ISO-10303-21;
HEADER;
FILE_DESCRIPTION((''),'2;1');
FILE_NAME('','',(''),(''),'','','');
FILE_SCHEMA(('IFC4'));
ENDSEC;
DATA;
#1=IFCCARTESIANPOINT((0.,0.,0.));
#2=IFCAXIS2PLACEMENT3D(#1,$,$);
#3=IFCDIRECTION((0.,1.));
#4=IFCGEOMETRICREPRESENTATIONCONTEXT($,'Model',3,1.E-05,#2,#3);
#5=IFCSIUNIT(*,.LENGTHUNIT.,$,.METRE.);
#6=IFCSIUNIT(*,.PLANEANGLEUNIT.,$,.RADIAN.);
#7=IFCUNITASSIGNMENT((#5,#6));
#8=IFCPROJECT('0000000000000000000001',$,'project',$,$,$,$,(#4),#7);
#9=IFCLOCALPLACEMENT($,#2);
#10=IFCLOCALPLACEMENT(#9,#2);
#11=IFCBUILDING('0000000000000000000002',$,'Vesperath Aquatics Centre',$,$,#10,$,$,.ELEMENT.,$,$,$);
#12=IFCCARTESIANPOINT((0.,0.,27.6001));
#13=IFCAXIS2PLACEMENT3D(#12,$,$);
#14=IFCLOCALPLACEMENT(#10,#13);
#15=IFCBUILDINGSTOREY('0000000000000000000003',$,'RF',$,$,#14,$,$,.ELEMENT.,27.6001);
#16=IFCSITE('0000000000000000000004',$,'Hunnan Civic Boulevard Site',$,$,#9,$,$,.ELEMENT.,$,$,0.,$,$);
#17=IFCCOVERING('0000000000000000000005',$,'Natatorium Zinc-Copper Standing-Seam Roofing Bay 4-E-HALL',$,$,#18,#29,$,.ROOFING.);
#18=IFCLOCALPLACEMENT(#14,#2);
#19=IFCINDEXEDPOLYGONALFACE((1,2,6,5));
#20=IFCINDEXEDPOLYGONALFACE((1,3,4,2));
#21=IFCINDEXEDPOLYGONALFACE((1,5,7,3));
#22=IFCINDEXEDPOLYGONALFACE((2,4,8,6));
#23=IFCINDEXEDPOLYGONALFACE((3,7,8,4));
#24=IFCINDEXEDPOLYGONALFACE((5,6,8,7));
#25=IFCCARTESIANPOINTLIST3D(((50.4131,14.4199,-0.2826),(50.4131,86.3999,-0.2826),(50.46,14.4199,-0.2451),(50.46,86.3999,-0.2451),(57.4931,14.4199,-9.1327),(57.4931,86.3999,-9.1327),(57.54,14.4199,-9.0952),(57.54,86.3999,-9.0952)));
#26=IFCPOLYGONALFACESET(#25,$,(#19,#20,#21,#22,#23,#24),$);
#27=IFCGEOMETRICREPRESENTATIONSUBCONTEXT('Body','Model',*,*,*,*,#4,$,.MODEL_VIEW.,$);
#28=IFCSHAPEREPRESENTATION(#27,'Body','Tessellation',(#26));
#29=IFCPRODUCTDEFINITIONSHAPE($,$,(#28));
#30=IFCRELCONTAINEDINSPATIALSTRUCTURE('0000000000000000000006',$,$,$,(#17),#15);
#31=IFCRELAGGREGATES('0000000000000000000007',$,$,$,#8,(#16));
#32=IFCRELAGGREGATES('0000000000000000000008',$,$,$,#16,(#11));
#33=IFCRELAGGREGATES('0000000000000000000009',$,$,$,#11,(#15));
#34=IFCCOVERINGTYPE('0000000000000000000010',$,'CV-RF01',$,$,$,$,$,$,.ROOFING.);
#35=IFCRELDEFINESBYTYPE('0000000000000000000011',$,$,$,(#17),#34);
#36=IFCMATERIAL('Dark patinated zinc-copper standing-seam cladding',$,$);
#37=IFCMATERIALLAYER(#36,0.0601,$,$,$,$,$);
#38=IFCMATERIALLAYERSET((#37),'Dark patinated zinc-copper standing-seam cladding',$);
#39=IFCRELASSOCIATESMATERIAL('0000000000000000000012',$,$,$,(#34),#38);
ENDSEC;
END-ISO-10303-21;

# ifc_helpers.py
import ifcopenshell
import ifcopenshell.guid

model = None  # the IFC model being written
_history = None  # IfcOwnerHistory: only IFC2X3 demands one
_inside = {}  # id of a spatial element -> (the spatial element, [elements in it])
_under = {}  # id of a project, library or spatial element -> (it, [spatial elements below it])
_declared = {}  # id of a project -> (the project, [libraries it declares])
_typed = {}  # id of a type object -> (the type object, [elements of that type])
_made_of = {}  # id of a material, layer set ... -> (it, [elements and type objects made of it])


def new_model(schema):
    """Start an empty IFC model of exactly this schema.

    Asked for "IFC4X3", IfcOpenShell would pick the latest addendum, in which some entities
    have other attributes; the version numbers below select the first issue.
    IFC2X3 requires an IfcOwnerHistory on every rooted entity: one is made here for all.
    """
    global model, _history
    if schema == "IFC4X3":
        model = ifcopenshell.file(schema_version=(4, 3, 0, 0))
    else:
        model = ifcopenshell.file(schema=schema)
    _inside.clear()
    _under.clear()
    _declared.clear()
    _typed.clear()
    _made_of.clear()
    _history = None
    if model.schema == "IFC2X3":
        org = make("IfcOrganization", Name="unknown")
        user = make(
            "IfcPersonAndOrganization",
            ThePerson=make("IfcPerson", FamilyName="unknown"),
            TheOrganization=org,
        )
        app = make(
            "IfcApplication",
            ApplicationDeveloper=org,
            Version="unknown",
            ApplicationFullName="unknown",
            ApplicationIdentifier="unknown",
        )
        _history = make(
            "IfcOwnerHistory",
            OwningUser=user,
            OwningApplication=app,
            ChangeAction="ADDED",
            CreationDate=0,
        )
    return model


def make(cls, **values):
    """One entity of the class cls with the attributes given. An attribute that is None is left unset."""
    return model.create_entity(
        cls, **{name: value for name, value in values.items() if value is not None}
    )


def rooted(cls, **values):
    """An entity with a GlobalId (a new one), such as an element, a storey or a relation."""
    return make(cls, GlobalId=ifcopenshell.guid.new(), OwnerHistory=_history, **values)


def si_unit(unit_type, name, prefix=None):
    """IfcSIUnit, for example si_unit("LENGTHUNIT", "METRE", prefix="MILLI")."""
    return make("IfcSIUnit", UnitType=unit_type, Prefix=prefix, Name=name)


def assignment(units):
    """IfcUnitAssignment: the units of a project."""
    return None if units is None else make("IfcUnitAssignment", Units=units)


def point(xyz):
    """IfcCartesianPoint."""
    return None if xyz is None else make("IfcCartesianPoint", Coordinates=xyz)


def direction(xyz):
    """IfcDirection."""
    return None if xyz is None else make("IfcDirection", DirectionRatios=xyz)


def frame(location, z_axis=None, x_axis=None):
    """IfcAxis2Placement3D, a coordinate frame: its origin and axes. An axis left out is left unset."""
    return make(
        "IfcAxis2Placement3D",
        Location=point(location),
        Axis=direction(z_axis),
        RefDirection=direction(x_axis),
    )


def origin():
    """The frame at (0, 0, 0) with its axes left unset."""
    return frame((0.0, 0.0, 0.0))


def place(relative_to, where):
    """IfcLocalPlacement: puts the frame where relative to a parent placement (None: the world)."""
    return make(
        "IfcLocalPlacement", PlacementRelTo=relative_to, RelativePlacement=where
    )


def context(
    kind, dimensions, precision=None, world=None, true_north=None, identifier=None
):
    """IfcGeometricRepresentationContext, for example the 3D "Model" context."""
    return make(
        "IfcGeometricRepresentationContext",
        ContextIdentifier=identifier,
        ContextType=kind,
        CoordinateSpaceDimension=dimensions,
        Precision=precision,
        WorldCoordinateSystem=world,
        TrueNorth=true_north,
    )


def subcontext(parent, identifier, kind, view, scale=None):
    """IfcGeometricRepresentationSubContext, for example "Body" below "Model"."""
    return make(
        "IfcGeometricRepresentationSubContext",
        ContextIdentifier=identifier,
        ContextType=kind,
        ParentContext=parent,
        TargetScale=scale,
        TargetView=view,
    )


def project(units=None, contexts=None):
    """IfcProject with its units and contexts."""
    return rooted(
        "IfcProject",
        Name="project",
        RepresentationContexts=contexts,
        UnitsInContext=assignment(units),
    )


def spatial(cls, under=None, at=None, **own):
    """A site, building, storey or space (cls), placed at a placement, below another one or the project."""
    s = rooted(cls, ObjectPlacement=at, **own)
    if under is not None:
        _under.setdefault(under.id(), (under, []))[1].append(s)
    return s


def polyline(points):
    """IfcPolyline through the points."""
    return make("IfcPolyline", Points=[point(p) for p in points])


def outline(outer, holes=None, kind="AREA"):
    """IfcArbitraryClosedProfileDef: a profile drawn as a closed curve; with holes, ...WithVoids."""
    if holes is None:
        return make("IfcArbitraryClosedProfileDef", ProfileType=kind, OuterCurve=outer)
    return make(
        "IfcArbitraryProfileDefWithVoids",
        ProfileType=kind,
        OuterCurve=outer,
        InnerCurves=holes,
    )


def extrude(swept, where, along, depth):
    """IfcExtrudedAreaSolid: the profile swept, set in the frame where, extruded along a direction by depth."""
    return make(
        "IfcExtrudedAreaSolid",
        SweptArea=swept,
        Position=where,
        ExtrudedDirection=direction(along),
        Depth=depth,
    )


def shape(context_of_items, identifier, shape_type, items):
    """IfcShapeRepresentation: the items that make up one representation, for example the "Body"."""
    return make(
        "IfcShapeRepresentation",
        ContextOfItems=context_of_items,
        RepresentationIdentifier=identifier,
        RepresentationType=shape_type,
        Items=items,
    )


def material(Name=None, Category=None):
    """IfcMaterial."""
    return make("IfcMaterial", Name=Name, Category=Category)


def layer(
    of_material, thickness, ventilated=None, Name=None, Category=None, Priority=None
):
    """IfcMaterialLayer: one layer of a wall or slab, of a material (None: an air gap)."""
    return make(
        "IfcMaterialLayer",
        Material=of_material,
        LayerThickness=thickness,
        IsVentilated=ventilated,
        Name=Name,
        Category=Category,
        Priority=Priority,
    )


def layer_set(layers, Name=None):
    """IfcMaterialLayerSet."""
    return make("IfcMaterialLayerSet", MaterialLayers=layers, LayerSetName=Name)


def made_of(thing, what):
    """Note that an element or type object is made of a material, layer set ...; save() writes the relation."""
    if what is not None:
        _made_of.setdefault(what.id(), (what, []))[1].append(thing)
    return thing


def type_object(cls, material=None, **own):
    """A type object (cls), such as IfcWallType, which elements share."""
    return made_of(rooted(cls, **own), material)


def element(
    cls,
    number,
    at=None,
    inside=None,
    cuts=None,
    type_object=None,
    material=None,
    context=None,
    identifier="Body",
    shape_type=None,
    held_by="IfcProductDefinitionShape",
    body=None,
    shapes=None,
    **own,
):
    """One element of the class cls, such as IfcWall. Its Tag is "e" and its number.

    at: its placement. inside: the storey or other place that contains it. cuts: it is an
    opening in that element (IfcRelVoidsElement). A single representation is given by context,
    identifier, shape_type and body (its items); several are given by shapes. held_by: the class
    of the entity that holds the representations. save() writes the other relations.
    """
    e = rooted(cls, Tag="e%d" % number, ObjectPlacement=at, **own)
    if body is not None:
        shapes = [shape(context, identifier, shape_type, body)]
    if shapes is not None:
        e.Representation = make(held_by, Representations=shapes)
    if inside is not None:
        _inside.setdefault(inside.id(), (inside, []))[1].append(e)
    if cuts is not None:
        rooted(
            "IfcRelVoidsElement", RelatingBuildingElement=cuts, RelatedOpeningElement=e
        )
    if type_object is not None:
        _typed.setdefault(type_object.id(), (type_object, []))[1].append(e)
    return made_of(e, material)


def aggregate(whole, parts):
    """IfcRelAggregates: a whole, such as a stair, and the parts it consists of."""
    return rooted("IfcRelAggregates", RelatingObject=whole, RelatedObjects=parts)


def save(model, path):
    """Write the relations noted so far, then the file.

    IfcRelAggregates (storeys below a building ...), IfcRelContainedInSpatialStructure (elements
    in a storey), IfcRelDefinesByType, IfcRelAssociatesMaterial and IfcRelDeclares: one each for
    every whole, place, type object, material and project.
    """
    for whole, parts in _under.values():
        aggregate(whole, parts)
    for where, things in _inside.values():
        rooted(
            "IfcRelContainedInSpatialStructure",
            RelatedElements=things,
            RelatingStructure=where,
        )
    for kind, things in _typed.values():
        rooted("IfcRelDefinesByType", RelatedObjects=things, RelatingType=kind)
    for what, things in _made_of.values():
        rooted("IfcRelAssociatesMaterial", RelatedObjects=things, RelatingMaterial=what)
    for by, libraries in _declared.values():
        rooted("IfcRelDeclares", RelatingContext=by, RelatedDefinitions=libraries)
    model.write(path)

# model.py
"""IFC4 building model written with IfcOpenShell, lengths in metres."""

from ifc_helpers import new_model, si_unit, direction, frame, origin, place, context, subcontext, project, spatial, polyline, outline, extrude, material, layer, layer_set, type_object, element, save


model = new_model("IFC4")

# Units and contexts
model_context = context("Model", 3, precision=1e-05, world=origin(), true_north=direction((0.0, 1.0)))
body_context = subcontext(model_context, "Body", "Model", "MODEL_VIEW")
ifc_project = project(units=[si_unit("LENGTHUNIT", "METRE"), si_unit("PLANEANGLEUNIT", "RADIAN")], contexts=[model_context])

# Site, building, storey
site_placement = place(None, origin())
site = spatial("IfcSite", under=ifc_project, at=site_placement, Name="Hunnan Civic Boulevard Site", CompositionType="ELEMENT", RefElevation=0.0)
building_placement = place(site_placement, origin())
building = spatial("IfcBuilding", under=site, at=building_placement, Name="Vesperath Aquatics Centre", CompositionType="ELEMENT")
storey_placement = place(building_placement, frame((0.0, 0.0, 27.6001)))
storey = spatial("IfcBuildingStorey", under=building, at=storey_placement, Name="RF", CompositionType="ELEMENT", Elevation=27.6001)

# Covering
ifc_material_1 = material(Name="Dark patinated zinc-copper standing-seam cladding")
ifc_layer_1 = layer(ifc_material_1, 0.0601)
ifc_layer_set_1 = layer_set([ifc_layer_1], Name="Dark patinated zinc-copper standing-seam cladding")
covering_type = type_object("IfcCoveringType", Name="CV-RF01", PredefinedType="ROOFING", material=ifc_layer_set_1)
covering_placement = place(storey_placement, frame((50.46, 14.4199, -0.2451), z_axis=(0.780869, 0.0, 0.624695), x_axis=(0.624695, 0.0, -0.780869)))
element("IfcCovering", 1, at=covering_placement, inside=storey, type_object=covering_type, Name="Natatorium Zinc-Copper Standing-Seam Roofing Bay 4-E-HALL", PredefinedType="ROOFING", context=body_context, shape_type="SweptSolid", body=[
    extrude(outline(polyline([(0.0, 0.0), (11.3337, 0.0), (11.3337, 71.98), (0.0, 71.98), (0.0, 0.0)])), origin(), (0.0, 0.0, -1.0), 0.0601),
])

save(model, "model.ifc")
